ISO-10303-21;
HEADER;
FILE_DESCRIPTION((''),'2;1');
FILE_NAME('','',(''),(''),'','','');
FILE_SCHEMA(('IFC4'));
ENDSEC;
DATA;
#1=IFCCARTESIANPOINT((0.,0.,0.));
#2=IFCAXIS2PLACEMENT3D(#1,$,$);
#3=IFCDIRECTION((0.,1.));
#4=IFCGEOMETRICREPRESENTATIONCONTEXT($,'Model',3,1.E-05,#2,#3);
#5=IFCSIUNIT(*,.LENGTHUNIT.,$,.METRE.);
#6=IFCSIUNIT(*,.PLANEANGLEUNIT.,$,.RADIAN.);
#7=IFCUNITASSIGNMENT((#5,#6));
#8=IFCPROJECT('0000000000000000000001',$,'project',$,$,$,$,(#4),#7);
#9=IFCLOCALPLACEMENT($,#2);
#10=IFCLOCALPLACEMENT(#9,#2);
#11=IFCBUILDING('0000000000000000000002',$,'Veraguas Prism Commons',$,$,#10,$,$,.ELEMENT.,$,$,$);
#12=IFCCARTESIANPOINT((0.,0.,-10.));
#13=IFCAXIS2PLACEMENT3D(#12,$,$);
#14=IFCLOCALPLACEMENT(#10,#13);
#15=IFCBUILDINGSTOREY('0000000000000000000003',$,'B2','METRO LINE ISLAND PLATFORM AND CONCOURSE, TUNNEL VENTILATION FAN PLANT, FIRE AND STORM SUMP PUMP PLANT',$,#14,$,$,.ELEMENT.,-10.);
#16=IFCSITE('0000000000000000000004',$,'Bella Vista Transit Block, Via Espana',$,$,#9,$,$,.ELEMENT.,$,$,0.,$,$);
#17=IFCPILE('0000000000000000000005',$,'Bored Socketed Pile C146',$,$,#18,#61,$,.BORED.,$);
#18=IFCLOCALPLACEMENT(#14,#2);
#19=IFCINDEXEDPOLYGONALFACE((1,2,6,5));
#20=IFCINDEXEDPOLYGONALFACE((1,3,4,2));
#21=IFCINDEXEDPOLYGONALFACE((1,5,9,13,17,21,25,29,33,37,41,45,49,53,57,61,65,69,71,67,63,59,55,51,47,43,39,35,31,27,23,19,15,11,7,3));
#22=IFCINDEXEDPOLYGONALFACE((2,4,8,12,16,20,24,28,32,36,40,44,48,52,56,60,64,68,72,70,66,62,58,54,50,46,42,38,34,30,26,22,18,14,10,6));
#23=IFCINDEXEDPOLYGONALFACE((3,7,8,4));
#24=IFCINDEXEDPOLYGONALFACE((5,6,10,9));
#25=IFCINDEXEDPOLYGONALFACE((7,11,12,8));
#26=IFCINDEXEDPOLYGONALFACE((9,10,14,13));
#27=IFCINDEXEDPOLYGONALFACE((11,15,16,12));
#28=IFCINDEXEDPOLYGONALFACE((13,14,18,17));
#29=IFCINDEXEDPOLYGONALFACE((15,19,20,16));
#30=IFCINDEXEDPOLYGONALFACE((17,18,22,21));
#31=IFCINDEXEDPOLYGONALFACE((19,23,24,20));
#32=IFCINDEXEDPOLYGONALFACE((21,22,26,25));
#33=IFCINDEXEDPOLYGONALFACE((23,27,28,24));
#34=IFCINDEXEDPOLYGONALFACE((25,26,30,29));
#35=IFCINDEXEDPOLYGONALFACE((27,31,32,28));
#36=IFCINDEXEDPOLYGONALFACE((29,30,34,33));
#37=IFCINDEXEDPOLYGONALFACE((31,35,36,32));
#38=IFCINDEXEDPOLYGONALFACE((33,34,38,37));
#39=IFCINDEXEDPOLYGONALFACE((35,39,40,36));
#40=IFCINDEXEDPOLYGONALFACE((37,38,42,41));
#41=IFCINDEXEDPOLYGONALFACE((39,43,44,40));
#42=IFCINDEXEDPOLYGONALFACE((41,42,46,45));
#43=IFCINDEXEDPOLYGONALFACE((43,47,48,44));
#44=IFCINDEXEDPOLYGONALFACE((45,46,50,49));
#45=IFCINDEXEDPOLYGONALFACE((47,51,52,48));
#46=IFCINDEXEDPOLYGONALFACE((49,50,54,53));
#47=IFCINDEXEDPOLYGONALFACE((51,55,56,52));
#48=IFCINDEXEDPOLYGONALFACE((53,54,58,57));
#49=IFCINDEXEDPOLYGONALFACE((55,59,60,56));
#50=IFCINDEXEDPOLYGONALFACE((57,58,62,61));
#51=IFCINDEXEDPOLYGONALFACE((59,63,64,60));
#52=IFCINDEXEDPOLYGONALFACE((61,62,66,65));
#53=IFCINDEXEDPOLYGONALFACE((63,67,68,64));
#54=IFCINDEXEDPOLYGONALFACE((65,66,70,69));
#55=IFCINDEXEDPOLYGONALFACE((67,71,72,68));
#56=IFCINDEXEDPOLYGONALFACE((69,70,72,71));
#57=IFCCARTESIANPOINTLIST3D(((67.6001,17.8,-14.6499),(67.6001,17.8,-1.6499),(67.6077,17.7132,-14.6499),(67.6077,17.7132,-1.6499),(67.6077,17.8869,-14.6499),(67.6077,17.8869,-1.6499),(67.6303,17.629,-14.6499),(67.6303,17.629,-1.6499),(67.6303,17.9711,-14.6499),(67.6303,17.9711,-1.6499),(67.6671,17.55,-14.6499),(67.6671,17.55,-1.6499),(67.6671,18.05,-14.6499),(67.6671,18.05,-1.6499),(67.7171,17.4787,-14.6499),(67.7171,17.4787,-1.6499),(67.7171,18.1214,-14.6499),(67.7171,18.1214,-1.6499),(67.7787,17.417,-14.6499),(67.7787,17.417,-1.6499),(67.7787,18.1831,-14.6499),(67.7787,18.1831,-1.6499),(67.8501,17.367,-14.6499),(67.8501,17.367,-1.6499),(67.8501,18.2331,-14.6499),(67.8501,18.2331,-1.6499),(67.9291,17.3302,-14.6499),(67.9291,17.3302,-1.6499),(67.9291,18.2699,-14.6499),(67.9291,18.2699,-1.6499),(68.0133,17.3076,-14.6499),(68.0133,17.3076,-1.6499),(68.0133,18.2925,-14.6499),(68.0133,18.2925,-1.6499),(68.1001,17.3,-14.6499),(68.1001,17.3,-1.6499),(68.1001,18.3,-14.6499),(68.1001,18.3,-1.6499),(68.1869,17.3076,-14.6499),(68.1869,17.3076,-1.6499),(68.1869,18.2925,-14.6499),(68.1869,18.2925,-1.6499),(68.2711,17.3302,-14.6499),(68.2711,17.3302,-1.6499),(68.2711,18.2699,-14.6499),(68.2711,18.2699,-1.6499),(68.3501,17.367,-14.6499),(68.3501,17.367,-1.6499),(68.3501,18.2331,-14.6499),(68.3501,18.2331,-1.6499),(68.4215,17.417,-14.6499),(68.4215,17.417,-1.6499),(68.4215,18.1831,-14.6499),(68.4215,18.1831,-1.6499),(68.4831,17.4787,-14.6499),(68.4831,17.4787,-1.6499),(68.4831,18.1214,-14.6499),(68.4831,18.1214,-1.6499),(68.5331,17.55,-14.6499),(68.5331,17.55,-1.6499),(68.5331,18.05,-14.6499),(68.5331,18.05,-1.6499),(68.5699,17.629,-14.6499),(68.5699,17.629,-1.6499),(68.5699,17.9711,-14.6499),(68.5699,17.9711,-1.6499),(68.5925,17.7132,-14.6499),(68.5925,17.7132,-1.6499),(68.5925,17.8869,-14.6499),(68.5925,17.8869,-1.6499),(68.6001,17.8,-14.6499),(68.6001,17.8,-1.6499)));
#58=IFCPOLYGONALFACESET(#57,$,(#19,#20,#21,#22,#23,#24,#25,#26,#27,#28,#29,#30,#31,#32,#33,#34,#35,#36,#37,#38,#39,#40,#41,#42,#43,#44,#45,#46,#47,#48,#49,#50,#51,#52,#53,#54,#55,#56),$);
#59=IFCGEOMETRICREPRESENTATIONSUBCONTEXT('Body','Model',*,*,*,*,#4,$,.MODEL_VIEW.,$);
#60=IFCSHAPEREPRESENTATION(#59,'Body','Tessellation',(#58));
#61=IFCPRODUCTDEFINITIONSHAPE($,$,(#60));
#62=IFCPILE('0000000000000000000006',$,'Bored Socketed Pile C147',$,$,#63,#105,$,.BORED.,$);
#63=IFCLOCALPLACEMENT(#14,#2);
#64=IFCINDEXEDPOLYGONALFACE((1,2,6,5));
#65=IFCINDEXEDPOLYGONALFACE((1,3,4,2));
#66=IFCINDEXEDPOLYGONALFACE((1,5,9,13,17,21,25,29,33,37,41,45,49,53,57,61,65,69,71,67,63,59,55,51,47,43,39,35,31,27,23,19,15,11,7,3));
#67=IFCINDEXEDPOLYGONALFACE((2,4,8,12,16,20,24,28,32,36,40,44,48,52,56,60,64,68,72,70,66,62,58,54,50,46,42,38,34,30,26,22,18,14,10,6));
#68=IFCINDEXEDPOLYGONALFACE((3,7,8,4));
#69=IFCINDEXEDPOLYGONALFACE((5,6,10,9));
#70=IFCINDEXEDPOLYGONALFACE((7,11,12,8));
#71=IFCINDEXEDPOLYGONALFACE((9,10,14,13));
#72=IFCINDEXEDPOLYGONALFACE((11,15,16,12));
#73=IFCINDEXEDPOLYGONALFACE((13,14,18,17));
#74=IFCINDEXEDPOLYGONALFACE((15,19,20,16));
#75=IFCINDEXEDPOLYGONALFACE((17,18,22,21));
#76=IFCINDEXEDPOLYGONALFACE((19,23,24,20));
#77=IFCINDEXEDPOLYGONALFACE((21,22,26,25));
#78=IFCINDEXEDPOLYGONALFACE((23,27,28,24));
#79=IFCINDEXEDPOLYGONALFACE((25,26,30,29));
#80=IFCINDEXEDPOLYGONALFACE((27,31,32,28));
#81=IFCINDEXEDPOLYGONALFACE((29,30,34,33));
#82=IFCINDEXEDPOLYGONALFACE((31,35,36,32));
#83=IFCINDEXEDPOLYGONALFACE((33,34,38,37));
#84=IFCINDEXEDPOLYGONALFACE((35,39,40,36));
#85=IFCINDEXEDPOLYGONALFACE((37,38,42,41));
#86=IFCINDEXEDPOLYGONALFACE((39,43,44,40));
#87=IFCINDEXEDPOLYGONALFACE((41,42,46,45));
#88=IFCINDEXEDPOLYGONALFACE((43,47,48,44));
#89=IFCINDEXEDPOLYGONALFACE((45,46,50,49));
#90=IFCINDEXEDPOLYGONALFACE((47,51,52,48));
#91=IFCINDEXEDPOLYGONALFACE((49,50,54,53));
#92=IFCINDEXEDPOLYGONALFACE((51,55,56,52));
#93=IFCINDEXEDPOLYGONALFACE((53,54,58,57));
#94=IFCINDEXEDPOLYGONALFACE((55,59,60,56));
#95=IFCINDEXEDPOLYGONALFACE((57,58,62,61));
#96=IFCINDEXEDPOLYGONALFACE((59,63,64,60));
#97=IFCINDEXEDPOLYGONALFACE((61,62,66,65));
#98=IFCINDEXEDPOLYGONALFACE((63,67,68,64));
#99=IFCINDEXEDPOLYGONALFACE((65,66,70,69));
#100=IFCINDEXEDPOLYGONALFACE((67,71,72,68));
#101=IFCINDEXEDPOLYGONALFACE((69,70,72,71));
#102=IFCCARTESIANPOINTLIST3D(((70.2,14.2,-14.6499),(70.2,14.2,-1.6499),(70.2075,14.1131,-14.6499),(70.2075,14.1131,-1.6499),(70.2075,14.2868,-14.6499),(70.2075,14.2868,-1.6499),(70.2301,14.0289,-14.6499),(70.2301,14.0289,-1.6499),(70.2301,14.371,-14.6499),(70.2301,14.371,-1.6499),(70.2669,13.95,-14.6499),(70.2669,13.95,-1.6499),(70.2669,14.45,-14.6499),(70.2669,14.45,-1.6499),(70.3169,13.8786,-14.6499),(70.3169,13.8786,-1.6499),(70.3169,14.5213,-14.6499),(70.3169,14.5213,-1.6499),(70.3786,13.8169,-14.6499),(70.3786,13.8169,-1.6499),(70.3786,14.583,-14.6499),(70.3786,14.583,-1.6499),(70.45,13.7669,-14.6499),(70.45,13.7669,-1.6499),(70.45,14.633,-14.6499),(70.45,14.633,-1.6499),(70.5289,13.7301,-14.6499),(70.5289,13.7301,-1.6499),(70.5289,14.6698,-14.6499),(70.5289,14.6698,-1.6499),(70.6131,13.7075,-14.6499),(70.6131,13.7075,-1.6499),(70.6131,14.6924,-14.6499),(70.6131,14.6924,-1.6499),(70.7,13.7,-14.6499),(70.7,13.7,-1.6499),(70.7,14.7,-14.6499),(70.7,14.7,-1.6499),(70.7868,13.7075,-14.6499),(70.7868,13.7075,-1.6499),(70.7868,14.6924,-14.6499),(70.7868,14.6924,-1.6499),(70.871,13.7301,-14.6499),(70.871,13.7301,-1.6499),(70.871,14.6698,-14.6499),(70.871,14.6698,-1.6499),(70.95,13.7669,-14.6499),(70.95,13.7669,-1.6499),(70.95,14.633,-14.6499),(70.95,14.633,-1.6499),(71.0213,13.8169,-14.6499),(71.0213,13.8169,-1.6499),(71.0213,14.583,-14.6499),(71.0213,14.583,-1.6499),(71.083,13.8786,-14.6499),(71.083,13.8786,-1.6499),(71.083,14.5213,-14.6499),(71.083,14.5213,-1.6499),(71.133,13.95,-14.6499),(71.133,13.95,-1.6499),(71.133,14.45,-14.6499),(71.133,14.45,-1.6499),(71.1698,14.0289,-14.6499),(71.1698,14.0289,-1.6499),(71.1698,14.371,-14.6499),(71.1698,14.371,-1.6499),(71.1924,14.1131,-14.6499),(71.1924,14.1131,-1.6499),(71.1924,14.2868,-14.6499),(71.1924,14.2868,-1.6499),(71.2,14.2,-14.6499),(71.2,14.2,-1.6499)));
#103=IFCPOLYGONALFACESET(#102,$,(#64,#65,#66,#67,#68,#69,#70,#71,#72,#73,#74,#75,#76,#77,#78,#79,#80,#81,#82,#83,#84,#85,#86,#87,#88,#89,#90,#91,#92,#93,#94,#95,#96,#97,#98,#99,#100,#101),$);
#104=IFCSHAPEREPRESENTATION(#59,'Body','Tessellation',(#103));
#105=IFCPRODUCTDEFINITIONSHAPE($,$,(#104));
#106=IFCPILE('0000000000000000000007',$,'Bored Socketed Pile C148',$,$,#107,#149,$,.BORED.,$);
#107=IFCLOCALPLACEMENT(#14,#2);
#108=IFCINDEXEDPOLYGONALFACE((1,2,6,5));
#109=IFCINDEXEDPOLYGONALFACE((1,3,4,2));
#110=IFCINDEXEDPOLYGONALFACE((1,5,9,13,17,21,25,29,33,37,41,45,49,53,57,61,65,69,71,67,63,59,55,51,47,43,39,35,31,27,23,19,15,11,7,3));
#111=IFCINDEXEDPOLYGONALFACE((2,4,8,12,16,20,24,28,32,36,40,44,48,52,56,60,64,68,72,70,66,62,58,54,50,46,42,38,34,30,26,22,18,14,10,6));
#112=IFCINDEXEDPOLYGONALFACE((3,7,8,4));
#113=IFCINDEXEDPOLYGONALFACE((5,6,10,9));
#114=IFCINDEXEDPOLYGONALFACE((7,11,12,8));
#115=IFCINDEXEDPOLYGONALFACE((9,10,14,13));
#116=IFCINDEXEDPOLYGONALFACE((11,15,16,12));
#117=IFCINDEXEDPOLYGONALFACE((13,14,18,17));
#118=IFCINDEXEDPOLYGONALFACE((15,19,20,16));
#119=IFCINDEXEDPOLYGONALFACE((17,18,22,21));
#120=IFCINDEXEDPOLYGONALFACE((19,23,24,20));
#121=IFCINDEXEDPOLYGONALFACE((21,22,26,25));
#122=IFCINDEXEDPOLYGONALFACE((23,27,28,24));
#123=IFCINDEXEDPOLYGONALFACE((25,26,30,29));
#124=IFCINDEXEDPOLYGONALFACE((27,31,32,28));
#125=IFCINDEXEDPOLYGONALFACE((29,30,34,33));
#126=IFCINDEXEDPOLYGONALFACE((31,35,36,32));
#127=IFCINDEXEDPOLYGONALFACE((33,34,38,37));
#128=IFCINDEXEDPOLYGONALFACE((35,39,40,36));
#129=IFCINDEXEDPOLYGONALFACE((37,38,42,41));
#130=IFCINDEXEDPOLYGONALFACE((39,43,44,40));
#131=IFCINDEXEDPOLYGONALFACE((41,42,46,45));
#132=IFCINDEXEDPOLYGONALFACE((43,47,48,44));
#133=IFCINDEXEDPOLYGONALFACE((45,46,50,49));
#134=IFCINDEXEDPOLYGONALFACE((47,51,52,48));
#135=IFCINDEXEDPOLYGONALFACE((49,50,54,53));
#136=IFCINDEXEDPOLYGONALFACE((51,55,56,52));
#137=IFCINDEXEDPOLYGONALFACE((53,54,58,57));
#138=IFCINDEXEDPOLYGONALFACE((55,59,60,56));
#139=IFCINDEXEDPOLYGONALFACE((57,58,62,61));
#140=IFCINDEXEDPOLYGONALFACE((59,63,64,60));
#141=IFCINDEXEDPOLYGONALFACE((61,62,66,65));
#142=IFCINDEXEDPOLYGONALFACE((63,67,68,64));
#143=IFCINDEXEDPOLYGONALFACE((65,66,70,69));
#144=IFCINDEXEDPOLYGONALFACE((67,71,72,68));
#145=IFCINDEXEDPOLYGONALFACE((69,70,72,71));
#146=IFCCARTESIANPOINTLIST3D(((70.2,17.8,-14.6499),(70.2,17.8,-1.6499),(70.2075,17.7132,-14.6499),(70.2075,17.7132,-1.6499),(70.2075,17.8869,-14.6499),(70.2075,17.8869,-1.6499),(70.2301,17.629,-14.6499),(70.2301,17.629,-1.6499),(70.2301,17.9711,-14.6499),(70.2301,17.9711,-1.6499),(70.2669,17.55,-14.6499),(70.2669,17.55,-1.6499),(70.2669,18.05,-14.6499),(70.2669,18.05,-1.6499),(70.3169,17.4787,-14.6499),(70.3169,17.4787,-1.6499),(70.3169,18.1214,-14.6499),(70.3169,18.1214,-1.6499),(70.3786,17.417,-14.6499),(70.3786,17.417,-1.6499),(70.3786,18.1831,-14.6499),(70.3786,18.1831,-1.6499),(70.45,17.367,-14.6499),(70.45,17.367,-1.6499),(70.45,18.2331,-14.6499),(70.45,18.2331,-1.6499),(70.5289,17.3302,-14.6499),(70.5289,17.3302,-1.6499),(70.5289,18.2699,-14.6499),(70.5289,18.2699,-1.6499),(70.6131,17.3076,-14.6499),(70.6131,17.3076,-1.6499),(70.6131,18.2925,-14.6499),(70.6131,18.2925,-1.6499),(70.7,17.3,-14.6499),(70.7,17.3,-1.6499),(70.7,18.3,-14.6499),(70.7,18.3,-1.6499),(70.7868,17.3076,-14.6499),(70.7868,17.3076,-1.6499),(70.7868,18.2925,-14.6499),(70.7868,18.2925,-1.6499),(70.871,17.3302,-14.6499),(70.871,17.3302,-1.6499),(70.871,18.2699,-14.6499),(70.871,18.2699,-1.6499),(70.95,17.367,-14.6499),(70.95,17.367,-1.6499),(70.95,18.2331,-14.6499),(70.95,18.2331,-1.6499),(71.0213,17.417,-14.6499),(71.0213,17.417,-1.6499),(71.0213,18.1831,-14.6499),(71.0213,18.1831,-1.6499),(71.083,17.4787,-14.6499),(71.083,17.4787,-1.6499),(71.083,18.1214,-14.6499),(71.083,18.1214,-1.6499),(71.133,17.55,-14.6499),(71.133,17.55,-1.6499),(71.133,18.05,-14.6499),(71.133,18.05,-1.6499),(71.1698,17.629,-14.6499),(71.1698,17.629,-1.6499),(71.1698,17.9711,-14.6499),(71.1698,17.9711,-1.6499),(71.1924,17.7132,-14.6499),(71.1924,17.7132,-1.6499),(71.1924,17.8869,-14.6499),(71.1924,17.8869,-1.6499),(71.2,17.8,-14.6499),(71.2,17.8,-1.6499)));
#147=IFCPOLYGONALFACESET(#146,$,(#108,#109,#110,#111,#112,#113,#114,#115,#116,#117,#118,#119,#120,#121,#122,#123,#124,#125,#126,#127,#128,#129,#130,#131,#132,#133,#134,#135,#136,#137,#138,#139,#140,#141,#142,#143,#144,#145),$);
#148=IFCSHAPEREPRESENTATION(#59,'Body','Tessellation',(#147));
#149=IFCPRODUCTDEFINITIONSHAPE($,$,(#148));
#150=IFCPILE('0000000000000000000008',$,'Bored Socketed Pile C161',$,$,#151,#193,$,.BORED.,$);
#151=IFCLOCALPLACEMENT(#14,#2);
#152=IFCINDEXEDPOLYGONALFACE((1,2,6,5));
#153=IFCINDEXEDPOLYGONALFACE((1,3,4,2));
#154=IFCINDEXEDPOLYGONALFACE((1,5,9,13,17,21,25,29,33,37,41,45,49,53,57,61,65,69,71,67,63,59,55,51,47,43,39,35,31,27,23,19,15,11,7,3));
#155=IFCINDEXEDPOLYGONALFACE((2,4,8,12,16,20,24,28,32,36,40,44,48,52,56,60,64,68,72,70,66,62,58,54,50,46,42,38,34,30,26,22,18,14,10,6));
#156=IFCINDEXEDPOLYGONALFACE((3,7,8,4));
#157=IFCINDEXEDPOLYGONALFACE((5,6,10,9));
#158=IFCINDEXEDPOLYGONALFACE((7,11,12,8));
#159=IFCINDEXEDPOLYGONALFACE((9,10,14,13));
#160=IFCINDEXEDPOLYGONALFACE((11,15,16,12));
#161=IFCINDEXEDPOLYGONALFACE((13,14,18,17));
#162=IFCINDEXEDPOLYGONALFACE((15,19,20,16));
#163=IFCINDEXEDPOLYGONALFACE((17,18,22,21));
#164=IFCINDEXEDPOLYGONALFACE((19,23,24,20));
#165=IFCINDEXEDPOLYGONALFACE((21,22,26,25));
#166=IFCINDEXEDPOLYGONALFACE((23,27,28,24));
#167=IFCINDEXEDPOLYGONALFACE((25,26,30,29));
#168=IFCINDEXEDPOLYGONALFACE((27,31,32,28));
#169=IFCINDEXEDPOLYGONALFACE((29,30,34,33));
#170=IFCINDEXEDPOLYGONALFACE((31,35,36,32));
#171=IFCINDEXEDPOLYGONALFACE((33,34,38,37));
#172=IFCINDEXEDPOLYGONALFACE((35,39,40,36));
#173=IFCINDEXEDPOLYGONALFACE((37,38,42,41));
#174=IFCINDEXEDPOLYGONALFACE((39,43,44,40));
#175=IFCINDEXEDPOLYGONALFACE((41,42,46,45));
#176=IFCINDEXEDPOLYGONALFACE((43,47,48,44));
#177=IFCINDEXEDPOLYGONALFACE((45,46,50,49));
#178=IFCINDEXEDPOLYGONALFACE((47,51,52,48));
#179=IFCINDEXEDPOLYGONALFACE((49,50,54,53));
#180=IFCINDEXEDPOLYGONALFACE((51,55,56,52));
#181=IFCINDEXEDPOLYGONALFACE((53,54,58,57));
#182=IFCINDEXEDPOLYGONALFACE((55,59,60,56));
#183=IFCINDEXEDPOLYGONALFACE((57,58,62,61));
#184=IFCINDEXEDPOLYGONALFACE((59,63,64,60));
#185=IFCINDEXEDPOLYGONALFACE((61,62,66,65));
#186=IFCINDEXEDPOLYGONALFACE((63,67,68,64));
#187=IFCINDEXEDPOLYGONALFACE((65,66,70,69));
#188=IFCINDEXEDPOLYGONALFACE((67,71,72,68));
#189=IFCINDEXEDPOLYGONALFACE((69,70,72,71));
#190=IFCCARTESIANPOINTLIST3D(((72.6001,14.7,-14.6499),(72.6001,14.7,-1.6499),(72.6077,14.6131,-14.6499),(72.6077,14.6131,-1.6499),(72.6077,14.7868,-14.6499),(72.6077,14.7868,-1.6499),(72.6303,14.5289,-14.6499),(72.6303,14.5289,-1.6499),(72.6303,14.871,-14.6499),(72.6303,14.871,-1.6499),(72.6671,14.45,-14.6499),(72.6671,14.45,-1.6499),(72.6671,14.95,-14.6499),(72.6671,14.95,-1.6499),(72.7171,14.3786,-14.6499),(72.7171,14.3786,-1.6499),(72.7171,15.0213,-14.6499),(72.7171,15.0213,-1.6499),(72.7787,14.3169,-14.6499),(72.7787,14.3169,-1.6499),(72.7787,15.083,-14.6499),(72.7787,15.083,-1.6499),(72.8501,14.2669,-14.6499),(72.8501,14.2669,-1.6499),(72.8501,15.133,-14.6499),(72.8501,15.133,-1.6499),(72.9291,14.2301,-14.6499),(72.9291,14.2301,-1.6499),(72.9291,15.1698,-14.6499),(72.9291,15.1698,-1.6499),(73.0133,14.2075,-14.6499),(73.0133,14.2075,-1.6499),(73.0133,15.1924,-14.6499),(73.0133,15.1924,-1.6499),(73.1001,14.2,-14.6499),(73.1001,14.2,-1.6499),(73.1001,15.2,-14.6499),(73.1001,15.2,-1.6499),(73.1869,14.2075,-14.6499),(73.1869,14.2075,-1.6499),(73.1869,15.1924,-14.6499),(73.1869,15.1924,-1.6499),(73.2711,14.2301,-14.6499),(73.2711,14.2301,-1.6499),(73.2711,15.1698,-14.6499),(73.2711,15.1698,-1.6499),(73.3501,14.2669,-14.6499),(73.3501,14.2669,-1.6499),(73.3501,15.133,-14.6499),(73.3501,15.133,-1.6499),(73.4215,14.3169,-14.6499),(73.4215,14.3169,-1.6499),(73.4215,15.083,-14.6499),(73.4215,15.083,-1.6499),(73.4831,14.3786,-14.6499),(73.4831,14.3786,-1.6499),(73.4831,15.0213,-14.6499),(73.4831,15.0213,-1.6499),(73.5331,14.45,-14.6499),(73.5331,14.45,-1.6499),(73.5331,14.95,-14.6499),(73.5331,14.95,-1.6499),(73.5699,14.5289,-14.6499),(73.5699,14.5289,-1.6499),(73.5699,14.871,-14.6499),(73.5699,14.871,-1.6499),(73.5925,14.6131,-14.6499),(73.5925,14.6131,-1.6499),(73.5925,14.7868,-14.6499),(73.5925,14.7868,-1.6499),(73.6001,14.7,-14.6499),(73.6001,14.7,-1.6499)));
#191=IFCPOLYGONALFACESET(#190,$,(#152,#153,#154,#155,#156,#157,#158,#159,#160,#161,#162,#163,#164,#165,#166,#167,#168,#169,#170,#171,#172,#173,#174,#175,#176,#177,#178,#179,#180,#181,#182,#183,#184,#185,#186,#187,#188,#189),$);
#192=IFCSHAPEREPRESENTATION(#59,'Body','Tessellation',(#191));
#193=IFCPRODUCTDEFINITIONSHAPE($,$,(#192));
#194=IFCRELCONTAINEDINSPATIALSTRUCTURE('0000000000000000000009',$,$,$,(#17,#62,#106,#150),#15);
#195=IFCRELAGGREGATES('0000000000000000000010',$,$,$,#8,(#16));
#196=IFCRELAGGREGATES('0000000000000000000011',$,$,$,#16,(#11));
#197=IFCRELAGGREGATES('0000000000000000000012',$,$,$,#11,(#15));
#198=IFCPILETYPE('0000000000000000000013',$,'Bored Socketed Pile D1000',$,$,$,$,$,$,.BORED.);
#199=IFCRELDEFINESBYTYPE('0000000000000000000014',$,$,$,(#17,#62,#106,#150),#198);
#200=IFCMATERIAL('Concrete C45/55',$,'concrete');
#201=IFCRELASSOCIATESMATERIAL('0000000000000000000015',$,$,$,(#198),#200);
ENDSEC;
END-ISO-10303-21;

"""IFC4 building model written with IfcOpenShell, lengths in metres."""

from ifc_helpers import new_model, si_unit, direction, frame, origin, origin_2d, place, context, subcontext, project, spatial, circle, extrude, source, transform, mapped, material, material_profile, profile_set, type_object, element, save


model = new_model("IFC4")

# Units and contexts
model_context = context("Model", 3, precision=1e-05, world=origin(), true_north=direction((0.0, 1.0)))
body_context = subcontext(model_context, "Body", "Model", "MODEL_VIEW")
ifc_project = project(units=[si_unit("LENGTHUNIT", "METRE"), si_unit("PLANEANGLEUNIT", "RADIAN")], contexts=[model_context])

# Site, building, storey
site_placement = place(None, origin())
site = spatial("IfcSite", under=ifc_project, at=site_placement, Name="Bella Vista Transit Block, Via Espana", CompositionType="ELEMENT", RefElevation=0.0)
building_placement = place(site_placement, origin())
building = spatial("IfcBuilding", under=site, at=building_placement, Name="Veraguas Prism Commons", CompositionType="ELEMENT")
storey_placement = place(building_placement, frame((0.0, 0.0, -10.0)))
storey = spatial("IfcBuildingStorey", under=building, at=storey_placement, Name="B2", Description="METRO LINE ISLAND PLATFORM AND CONCOURSE, TUNNEL VENTILATION FAN PLANT, FIRE AND STORM SUMP PUMP PLANT", CompositionType="ELEMENT", Elevation=-10.0)

# Shared definitions
ifc_material_1 = material(Name="Concrete C45/55", Category="concrete")

# Piles
ifc_material_profile_1 = material_profile(ifc_material_1, circle(Radius=0.5, at=origin_2d()), Name="PILE1000")
ifc_profile_set_1 = profile_set([ifc_material_profile_1], Name="Concrete C45/55")
pile_type = type_object("IfcPileType", Name="Bored Socketed Pile D1000", PredefinedType="BORED", material=ifc_profile_set_1)
shared_shape_1 = source(origin(), body_context, "Body", "SweptSolid", [
    extrude(circle(Radius=0.5, at=origin_2d()), origin(), (0.0, 0.0, 1.0), 13.0),
])
for number, where, z_axis, x_axis, name in (
    (1, (68.1001, 17.8, -1.6499), (0.0, 0.0, -1.0), (1.0, 0.0, 0.0), "Bored Socketed Pile C146"),
    (2, (70.7, 14.2, -1.6499), (0.0, 0.0, -1.0), (1.0, 0.0, 0.0), "Bored Socketed Pile C147"),
    (3, (70.7, 17.8, -1.6499), (0.0, 0.0, -1.0), (1.0, 0.0, 0.0), "Bored Socketed Pile C148"),
    (4, (73.1001, 14.7, -1.6499), (0.0, 0.0, -1.0), (1.0, 0.0, 0.0), "Bored Socketed Pile C161"),
):
    element("IfcPile", number, at=place(storey_placement, frame(where, z_axis=z_axis, x_axis=x_axis)), inside=storey, type_object=pile_type, Name=name, PredefinedType="BORED", context=body_context, shape_type="MappedRepresentation", body=[
        mapped(shared_shape_1, transform((0.0, 0.0, 0.0), scale=1.0)),
    ])

save(model, "model.ifc")
